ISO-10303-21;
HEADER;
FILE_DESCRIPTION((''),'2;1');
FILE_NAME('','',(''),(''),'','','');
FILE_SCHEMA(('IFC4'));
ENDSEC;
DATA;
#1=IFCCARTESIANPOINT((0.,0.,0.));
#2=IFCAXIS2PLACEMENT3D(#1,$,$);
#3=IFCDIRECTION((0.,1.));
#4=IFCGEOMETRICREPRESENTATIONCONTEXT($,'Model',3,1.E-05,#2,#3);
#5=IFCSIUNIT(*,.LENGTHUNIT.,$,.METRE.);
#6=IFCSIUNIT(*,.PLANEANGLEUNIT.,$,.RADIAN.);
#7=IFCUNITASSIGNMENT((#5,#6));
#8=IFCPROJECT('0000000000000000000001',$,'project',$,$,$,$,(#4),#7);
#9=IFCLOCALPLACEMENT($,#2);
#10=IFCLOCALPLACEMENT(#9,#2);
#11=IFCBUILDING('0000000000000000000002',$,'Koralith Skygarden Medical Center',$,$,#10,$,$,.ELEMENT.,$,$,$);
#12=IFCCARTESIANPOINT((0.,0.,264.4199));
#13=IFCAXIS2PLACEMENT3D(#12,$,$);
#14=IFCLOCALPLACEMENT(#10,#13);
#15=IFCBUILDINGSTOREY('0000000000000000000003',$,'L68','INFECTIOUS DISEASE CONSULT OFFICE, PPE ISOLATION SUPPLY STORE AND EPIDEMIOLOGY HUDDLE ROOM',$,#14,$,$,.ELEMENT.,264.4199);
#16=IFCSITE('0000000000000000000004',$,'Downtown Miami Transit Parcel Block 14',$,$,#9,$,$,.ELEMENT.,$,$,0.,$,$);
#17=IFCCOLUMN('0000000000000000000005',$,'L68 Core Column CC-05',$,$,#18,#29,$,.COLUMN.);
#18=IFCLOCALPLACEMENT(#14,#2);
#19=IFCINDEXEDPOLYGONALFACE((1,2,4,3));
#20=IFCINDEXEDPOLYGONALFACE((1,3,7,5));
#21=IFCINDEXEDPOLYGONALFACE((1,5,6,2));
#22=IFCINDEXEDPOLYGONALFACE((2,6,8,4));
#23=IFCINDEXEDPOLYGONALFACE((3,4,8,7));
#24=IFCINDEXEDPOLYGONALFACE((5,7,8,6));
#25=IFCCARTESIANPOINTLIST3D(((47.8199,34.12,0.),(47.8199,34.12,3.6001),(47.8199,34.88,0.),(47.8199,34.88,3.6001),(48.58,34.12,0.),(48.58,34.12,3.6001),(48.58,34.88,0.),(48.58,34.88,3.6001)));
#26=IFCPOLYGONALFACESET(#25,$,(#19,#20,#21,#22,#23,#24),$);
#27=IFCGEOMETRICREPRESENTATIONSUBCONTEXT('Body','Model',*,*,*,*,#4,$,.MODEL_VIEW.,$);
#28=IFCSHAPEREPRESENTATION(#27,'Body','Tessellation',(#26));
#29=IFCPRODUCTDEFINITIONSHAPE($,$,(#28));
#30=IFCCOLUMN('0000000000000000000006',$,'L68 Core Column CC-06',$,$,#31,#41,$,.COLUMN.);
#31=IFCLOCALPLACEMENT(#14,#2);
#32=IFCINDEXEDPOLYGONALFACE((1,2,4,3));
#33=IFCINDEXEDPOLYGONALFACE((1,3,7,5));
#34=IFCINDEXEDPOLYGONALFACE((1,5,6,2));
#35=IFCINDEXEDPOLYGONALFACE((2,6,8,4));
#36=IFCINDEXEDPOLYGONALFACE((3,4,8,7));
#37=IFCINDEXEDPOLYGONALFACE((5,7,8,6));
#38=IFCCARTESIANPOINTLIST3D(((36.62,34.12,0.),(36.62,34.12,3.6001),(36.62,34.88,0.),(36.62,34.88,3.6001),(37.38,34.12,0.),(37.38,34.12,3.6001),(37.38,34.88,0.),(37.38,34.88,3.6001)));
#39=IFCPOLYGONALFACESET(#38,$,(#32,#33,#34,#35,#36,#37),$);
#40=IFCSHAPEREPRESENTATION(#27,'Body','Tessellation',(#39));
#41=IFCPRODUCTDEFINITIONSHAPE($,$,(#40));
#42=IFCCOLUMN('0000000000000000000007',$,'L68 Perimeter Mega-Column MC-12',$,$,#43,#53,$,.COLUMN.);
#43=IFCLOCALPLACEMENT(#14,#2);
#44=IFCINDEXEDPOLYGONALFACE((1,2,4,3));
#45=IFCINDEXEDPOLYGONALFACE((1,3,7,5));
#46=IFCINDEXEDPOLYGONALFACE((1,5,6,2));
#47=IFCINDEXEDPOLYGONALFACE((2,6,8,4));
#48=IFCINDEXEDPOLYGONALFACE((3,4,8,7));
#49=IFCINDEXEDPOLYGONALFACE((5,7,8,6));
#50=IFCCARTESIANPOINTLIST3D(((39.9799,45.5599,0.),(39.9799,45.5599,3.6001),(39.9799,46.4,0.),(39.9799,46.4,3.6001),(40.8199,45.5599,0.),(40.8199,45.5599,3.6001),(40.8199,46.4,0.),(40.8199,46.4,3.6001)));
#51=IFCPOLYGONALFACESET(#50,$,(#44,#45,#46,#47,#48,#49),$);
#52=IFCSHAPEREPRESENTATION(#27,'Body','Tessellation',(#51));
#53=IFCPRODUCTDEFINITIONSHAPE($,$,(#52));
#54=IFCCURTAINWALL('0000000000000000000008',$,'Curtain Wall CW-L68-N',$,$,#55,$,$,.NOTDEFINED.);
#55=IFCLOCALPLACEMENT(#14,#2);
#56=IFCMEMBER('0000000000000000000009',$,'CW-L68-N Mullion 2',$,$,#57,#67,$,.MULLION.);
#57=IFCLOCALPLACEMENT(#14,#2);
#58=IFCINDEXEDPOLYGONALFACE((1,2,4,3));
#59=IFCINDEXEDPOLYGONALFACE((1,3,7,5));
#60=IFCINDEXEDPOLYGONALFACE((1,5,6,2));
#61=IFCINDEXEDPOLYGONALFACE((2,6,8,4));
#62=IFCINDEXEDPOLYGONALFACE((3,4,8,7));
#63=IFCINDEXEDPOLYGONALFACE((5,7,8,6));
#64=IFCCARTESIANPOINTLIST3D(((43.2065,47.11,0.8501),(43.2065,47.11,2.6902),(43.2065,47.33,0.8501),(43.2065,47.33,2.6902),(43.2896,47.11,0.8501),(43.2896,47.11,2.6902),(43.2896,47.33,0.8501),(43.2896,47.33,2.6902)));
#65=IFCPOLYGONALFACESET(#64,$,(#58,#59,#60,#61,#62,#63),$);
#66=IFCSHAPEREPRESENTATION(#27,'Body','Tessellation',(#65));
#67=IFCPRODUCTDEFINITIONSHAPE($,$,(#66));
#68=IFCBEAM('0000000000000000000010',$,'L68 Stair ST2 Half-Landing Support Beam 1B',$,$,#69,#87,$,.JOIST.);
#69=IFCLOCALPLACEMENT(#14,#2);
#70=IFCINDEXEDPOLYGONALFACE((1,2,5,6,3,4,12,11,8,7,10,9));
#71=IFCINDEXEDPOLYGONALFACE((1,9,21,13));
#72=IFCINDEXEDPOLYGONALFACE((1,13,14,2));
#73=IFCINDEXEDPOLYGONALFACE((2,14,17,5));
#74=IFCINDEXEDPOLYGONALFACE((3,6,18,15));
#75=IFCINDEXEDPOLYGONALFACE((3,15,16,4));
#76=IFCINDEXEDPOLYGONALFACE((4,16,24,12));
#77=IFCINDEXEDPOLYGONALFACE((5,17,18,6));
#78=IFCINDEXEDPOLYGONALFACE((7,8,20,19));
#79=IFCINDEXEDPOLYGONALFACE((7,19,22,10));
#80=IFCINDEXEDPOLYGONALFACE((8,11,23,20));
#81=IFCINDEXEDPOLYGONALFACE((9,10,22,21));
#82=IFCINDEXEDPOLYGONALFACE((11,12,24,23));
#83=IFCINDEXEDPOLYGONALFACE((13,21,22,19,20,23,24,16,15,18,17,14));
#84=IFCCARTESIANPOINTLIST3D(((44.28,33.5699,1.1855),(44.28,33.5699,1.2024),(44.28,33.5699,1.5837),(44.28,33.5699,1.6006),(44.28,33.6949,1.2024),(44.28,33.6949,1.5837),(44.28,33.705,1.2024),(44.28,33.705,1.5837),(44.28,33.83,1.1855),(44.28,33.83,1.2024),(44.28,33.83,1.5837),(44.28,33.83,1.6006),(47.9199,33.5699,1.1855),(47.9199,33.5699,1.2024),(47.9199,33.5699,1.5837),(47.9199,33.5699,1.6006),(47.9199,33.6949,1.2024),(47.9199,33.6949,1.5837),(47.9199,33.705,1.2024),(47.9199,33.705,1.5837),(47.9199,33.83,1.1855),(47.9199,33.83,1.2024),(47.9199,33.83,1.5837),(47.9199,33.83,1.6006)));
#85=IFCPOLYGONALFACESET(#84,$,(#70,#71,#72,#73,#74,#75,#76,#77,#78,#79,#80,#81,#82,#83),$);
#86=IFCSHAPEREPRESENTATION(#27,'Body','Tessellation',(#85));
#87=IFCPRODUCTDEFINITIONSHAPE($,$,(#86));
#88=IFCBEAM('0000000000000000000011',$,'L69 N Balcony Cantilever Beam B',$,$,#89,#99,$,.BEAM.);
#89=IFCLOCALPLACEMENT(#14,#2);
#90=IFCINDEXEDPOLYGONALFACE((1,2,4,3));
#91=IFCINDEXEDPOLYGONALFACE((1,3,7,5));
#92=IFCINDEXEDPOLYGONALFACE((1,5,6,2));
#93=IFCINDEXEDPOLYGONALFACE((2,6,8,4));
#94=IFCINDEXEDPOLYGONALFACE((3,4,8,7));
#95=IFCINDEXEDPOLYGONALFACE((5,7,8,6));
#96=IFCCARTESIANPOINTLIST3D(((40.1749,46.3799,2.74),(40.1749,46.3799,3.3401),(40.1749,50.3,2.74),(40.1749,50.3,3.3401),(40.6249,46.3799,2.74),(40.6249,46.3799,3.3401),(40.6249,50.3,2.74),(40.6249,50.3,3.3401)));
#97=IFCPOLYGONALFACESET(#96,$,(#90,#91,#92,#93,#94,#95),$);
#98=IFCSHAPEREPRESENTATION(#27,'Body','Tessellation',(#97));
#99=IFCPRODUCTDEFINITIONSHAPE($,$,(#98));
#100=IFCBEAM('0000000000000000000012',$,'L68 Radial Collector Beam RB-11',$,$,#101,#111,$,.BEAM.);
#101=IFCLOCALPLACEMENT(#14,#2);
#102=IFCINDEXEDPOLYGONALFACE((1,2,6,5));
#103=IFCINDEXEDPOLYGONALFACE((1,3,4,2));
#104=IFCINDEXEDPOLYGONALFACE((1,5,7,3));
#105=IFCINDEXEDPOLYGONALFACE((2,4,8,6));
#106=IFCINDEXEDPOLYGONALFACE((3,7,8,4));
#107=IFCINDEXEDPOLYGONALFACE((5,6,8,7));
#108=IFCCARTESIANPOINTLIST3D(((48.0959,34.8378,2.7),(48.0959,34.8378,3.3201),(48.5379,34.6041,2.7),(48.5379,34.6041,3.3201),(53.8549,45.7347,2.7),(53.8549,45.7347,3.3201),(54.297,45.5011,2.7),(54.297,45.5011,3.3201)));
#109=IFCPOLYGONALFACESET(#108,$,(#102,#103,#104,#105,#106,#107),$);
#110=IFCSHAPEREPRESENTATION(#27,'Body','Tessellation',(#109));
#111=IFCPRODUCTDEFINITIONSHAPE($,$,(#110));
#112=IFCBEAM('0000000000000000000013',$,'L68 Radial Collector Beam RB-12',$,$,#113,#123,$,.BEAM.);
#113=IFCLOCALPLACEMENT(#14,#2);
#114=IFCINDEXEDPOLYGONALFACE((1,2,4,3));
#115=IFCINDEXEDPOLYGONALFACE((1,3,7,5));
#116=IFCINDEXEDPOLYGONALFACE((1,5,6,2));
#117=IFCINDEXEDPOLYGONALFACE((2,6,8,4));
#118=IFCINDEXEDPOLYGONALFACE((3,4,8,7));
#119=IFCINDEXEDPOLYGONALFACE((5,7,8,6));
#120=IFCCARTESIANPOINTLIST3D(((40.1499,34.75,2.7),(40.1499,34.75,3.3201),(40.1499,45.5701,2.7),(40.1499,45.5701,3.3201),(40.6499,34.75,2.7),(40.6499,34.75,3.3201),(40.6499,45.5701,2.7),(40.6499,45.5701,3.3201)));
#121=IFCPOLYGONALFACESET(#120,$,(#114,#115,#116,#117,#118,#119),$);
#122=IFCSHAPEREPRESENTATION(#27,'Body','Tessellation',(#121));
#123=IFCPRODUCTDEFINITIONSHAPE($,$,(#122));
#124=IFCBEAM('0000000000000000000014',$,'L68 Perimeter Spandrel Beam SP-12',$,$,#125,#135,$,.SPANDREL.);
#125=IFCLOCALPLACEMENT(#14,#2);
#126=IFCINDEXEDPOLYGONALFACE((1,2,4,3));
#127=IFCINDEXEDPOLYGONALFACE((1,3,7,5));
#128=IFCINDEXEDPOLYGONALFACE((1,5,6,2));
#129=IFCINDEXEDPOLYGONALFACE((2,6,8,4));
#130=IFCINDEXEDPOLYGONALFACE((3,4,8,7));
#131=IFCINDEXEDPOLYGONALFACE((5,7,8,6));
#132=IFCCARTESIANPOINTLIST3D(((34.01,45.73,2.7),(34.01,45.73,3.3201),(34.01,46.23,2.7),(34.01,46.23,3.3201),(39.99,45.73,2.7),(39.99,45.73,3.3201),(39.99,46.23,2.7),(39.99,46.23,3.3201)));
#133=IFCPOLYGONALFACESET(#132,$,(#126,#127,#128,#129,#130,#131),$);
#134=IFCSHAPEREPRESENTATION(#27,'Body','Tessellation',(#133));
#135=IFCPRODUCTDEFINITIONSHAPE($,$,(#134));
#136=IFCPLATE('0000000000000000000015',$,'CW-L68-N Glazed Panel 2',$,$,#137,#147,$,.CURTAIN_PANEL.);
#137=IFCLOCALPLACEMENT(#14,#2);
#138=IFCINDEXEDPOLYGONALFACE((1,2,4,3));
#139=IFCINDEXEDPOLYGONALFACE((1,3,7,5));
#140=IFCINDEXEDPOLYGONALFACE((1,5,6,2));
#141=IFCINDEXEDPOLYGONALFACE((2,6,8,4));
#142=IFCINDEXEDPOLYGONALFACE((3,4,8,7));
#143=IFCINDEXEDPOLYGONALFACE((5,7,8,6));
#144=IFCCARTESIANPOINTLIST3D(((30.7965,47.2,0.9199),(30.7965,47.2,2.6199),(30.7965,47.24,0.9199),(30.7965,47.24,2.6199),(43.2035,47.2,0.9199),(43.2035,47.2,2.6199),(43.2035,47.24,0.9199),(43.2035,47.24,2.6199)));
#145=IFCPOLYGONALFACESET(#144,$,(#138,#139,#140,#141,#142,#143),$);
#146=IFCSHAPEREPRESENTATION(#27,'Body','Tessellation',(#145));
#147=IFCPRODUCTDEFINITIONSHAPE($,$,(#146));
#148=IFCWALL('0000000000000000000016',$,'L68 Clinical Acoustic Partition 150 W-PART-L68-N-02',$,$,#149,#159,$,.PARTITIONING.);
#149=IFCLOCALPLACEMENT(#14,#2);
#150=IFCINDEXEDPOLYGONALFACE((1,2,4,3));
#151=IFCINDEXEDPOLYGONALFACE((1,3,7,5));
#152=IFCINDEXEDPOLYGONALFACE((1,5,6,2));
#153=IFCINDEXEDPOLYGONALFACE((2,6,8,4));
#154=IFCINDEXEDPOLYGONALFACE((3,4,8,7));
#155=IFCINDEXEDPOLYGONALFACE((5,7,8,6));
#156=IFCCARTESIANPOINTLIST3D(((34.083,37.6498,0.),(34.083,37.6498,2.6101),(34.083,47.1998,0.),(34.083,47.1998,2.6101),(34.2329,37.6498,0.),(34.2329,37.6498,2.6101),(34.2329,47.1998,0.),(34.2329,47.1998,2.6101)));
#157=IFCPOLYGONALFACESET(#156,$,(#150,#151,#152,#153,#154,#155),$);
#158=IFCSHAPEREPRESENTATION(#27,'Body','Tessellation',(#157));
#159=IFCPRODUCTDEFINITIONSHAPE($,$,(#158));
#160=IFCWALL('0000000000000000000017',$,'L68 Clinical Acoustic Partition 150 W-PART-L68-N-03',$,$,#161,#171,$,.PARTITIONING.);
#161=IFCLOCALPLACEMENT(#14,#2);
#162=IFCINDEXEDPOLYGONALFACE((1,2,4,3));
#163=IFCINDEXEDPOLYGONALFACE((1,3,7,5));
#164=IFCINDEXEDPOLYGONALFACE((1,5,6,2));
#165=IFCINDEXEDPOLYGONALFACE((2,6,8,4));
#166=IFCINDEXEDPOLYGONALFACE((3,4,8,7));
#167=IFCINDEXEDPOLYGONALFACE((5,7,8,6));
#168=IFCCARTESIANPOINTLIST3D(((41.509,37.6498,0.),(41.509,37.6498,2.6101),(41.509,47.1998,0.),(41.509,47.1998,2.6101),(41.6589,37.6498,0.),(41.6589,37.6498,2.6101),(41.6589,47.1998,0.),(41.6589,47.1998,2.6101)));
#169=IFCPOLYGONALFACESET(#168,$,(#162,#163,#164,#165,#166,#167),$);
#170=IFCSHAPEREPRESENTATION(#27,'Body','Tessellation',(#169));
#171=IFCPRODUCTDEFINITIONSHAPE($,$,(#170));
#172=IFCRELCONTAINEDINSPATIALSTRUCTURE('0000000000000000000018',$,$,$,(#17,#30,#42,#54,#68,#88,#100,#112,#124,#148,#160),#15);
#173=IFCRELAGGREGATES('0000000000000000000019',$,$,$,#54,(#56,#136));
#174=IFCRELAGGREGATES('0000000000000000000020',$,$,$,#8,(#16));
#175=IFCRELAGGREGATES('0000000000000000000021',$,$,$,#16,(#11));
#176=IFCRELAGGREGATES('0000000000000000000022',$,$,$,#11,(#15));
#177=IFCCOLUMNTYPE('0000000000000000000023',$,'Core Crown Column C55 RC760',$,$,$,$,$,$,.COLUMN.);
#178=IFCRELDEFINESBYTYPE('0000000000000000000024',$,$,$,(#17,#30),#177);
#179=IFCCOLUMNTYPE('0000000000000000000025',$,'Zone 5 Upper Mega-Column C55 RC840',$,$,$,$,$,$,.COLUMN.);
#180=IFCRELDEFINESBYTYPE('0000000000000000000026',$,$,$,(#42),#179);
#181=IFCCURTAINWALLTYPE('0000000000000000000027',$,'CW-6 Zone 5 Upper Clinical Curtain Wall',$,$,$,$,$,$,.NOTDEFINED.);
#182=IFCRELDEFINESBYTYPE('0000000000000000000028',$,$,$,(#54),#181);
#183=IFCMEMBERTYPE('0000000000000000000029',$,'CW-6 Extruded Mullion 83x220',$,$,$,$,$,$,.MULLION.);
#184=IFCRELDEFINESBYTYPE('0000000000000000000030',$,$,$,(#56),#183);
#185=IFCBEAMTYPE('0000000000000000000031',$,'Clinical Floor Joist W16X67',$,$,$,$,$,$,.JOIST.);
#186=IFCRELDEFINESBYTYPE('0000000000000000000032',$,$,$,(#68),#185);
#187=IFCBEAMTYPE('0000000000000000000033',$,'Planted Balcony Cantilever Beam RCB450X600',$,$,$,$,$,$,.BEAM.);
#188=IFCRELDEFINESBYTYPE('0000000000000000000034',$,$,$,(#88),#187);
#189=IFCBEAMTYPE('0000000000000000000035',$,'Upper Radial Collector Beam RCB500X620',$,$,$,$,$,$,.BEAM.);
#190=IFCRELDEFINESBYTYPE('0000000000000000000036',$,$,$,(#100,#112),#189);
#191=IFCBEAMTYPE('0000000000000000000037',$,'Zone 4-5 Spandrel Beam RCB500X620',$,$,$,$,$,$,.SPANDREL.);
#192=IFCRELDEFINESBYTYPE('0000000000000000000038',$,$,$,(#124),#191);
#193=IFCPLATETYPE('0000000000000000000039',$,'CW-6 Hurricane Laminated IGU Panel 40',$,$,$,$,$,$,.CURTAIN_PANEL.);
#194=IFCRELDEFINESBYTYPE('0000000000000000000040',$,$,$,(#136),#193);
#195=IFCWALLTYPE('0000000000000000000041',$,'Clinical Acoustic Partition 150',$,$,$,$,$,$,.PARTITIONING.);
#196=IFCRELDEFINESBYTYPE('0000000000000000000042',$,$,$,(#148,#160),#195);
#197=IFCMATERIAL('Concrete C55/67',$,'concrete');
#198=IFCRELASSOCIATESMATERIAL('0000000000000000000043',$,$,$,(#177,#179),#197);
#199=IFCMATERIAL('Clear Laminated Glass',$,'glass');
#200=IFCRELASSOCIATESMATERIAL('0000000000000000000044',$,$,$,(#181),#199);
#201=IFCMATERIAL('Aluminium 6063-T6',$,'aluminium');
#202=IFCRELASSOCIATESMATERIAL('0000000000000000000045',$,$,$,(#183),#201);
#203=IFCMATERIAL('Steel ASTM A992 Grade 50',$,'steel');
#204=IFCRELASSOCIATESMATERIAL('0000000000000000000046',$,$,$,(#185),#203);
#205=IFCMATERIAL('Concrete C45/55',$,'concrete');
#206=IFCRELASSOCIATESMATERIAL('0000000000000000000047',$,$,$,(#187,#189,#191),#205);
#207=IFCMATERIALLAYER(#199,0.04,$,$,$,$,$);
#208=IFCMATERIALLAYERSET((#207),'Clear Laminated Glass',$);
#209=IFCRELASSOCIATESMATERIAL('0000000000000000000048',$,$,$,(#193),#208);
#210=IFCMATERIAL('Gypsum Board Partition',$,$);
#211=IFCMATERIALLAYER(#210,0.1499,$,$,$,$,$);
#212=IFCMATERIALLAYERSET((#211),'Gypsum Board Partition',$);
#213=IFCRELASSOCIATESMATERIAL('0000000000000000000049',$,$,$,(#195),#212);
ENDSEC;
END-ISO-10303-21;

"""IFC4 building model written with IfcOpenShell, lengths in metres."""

from ifc_helpers import new_model, si_unit, direction, frame, frame_2d, origin, origin_2d, place, context, subcontext, project, spatial, rectangle, i_section, extrude, material, layer, layer_set, material_profile, profile_set, type_object, element, aggregate, save


model = new_model("IFC4")

# Units and contexts
model_context = context("Model", 3, precision=1e-05, world=origin(), true_north=direction((0.0, 1.0)))
body_context = subcontext(model_context, "Body", "Model", "MODEL_VIEW")
ifc_project = project(units=[si_unit("LENGTHUNIT", "METRE"), si_unit("PLANEANGLEUNIT", "RADIAN")], contexts=[model_context])

# Site, building, storey
site_placement = place(None, origin())
site = spatial("IfcSite", under=ifc_project, at=site_placement, Name="Downtown Miami Transit Parcel Block 14", CompositionType="ELEMENT", RefElevation=0.0)
building_placement = place(site_placement, origin())
building = spatial("IfcBuilding", under=site, at=building_placement, Name="Koralith Skygarden Medical Center", CompositionType="ELEMENT")
storey_placement = place(building_placement, frame((0.0, 0.0, 264.4199)))
storey = spatial("IfcBuildingStorey", under=building, at=storey_placement, Name="L68", Description="INFECTIOUS DISEASE CONSULT OFFICE, PPE ISOLATION SUPPLY STORE AND EPIDEMIOLOGY HUDDLE ROOM", CompositionType="ELEMENT", Elevation=264.4199)

# Columns
ifc_material_1 = material(Name="Concrete C55/67", Category="concrete")
ifc_material_profile_1 = material_profile(ifc_material_1, rectangle(XDim=0.76, YDim=0.76, at=origin_2d()), Name="RC760X760")
ifc_profile_set_1 = profile_set([ifc_material_profile_1], Name="Concrete C55/67")
column_type_1 = type_object("IfcColumnType", Name="Core Crown Column C55 RC760", PredefinedType="COLUMN", material=ifc_profile_set_1)
for number, where, z_axis, x_axis, name in (
    (1, (48.2, 34.5, 0.0), (0.0, 0.0, 1.0), (1.0, 0.0, 0.0), "L68 Core Column CC-05"),
    (2, (37.0, 34.5, 0.0), (0.0, 0.0, 1.0), (1.0, 0.0, 0.0), "L68 Core Column CC-06"),
):
    element("IfcColumn", number, at=place(storey_placement, frame(where, z_axis=z_axis, x_axis=x_axis)), inside=storey, type_object=column_type_1, Name=name, PredefinedType="COLUMN", context=body_context, shape_type="SweptSolid", body=[
        extrude(rectangle(XDim=0.76, YDim=0.76, at=origin_2d()), origin(), (0.0, 0.0, 1.0), 3.6001),
    ])
ifc_material_profile_2 = material_profile(ifc_material_1, rectangle(XDim=0.8401, YDim=0.8401, at=origin_2d()), Name="RC840X840")
ifc_profile_set_2 = profile_set([ifc_material_profile_2], Name="Concrete C55/67")
column_type_2 = type_object("IfcColumnType", Name="Zone 5 Upper Mega-Column C55 RC840", PredefinedType="COLUMN", material=ifc_profile_set_2)
column_placement = place(storey_placement, frame((40.3999, 45.98, 0.0), z_axis=(0.0, 0.0, 1.0), x_axis=(1.0, 0.0, 0.0)))
element("IfcColumn", 3, at=column_placement, inside=storey, type_object=column_type_2, Name="L68 Perimeter Mega-Column MC-12", PredefinedType="COLUMN", context=body_context, shape_type="SweptSolid", body=[
    extrude(rectangle(XDim=0.8401, YDim=0.8401, at=origin_2d()), origin(), (0.0, 0.0, 1.0), 3.6001),
])

# Curtain wall, member
ifc_material_2 = material(Name="Clear Laminated Glass", Category="glass")
curtain_wall_type = type_object("IfcCurtainWallType", Name="CW-6 Zone 5 Upper Clinical Curtain Wall", PredefinedType="NOTDEFINED", material=ifc_material_2)
curtain_wall_placement = place(storey_placement, origin())
curtain_wall = element("IfcCurtainWall", 4, at=curtain_wall_placement, inside=storey, type_object=curtain_wall_type, Name="Curtain Wall CW-L68-N", PredefinedType="NOTDEFINED")
ifc_material_3 = material(Name="Aluminium 6063-T6", Category="aluminium")
ifc_material_profile_3 = material_profile(ifc_material_3, rectangle(XDim=0.083, YDim=0.22, at=origin_2d()), Name="MUL83X220")
ifc_profile_set_3 = profile_set([ifc_material_profile_3], Name="Aluminium 6063-T6")
member_type = type_object("IfcMemberType", Name="CW-6 Extruded Mullion 83x220", PredefinedType="MULLION", material=ifc_profile_set_3)
member_placement = place(storey_placement, frame((43.248, 47.22, 0.8501), z_axis=(0.0, 0.0, 1.0), x_axis=(1.0, 0.0, 0.0)))
member = element("IfcMember", 5, at=member_placement, type_object=member_type, Name="CW-L68-N Mullion 2", PredefinedType="MULLION", context=body_context, shape_type="SweptSolid", body=[
    extrude(rectangle(XDim=0.083, YDim=0.22, at=origin_2d()), origin(), (0.0, 0.0, 1.0), 1.8401),
])

# Beams
ifc_material_4 = material(Name="Steel ASTM A992 Grade 50", Category="steel")
ifc_material_profile_4 = material_profile(ifc_material_4, i_section(OverallWidth=0.26, OverallDepth=0.415, WebThickness=0.01, FlangeThickness=0.0168, at=origin_2d()), Name="W16X67")
ifc_profile_set_4 = profile_set([ifc_material_profile_4], Name="Steel ASTM A992 Grade 50")
beam_type_1 = type_object("IfcBeamType", Name="Clinical Floor Joist W16X67", PredefinedType="JOIST", material=ifc_profile_set_4)
beam_1_placement = place(storey_placement, frame((44.28, 33.7, 1.3931), z_axis=(1.0, 0.0, 0.0), x_axis=(0.0, 1.0, 0.0)))
element("IfcBeam", 6, at=beam_1_placement, inside=storey, type_object=beam_type_1, Name="L68 Stair ST2 Half-Landing Support Beam 1B", PredefinedType="JOIST", context=body_context, shape_type="SweptSolid", body=[
    extrude(i_section(OverallWidth=0.26, OverallDepth=0.415, WebThickness=0.01, FlangeThickness=0.0168, at=origin_2d()), origin(), (0.0, 0.0, 1.0), 3.6399),
])
ifc_material_5 = material(Name="Concrete C45/55", Category="concrete")
ifc_material_profile_5 = material_profile(ifc_material_5, rectangle(XDim=0.45, YDim=0.6001, at=origin_2d()), Name="RCB450X600")
ifc_profile_set_5 = profile_set([ifc_material_profile_5], Name="Concrete C45/55")
beam_type_2 = type_object("IfcBeamType", Name="Planted Balcony Cantilever Beam RCB450X600", PredefinedType="BEAM", material=ifc_profile_set_5)
beam_2_placement = place(storey_placement, frame((40.3999, 46.3799, 3.04), z_axis=(0.0, 1.0, 0.0), x_axis=(-1.0, 0.0, 0.0)))
element("IfcBeam", 7, at=beam_2_placement, inside=storey, type_object=beam_type_2, Name="L69 N Balcony Cantilever Beam B", PredefinedType="BEAM", context=body_context, shape_type="SweptSolid", body=[
    extrude(rectangle(XDim=0.45, YDim=0.6001, at=origin_2d()), origin(), (0.0, 0.0, 1.0), 3.9202),
])
ifc_material_profile_6 = material_profile(ifc_material_5, rectangle(XDim=0.5, YDim=0.6201, at=origin_2d()), Name="RCB500X620")
ifc_profile_set_6 = profile_set([ifc_material_profile_6], Name="Concrete C45/55")
beam_type_3 = type_object("IfcBeamType", Name="Upper Radial Collector Beam RCB500X620", PredefinedType="BEAM", material=ifc_profile_set_6)
beam_3_placement = place(storey_placement, frame((48.3169, 34.7209, 3.01), z_axis=(0.467257, 0.884122, 0.0), x_axis=(-0.884122, 0.467257, 0.0)))
element("IfcBeam", 8, at=beam_3_placement, inside=storey, type_object=beam_type_3, Name="L68 Radial Collector Beam RB-11", PredefinedType="BEAM", context=body_context, shape_type="SweptSolid", body=[
    extrude(rectangle(XDim=0.5, YDim=0.6201, at=origin_2d()), origin(), (0.0, 0.0, 1.0), 12.3252),
])
beam_4_placement = place(storey_placement, frame((40.3999, 34.75, 3.01), z_axis=(0.0, 1.0, 0.0), x_axis=(-1.0, 0.0, 0.0)))
element("IfcBeam", 9, at=beam_4_placement, inside=storey, type_object=beam_type_3, Name="L68 Radial Collector Beam RB-12", PredefinedType="BEAM", context=body_context, shape_type="SweptSolid", body=[
    extrude(rectangle(XDim=0.5, YDim=0.6201, at=origin_2d()), origin(), (0.0, 0.0, 1.0), 10.8201),
])
ifc_material_profile_7 = material_profile(ifc_material_5, rectangle(XDim=0.5, YDim=0.6201, at=origin_2d()), Name="RCB500X620")
ifc_profile_set_7 = profile_set([ifc_material_profile_7], Name="Concrete C45/55")
beam_type_4 = type_object("IfcBeamType", Name="Zone 4-5 Spandrel Beam RCB500X620", PredefinedType="SPANDREL", material=ifc_profile_set_7)
beam_5_placement = place(storey_placement, frame((39.99, 45.98, 3.01), z_axis=(-1.0, 0.0, 0.0), x_axis=(0.0, -1.0, 0.0)))
element("IfcBeam", 10, at=beam_5_placement, inside=storey, type_object=beam_type_4, Name="L68 Perimeter Spandrel Beam SP-12", PredefinedType="SPANDREL", context=body_context, shape_type="SweptSolid", body=[
    extrude(rectangle(XDim=0.5, YDim=0.6201, at=origin_2d()), origin(), (0.0, 0.0, 1.0), 5.98),
])

# Plate
ifc_layer_1 = layer(ifc_material_2, 0.04)
ifc_layer_set_1 = layer_set([ifc_layer_1], Name="Clear Laminated Glass")
plate_type = type_object("IfcPlateType", Name="CW-6 Hurricane Laminated IGU Panel 40", PredefinedType="CURTAIN_PANEL", material=ifc_layer_set_1)
plate_placement = place(storey_placement, frame((37.0, 47.22, 0.9199), z_axis=(0.0, 0.0, 1.0), x_axis=(-1.0, 0.0, 0.0)))
plate = element("IfcPlate", 11, at=plate_placement, type_object=plate_type, Name="CW-L68-N Glazed Panel 2", PredefinedType="CURTAIN_PANEL", context=body_context, shape_type="SweptSolid", body=[
    extrude(rectangle(XDim=12.407, YDim=0.04, at=origin_2d()), origin(), (0.0, 0.0, 1.0), 1.7),
])
aggregate(curtain_wall, [member, plate])

# Walls
ifc_material_6 = material(Name="Gypsum Board Partition")
ifc_layer_2 = layer(ifc_material_6, 0.1499)
ifc_layer_set_2 = layer_set([ifc_layer_2], Name="Gypsum Board Partition")
wall_type_1 = type_object("IfcWallType", Name="Clinical Acoustic Partition 150", PredefinedType="PARTITIONING", material=ifc_layer_set_2)
for number, where, z_axis, x_axis, name in (
    (12, (34.158, 37.6499, 0.0), (0.0, 0.0, 1.0), (0.0, 1.0, 0.0), "L68 Clinical Acoustic Partition 150 W-PART-L68-N-02"),
    (13, (41.584, 37.6499, 0.0), (0.0, 0.0, 1.0), (0.0, 1.0, 0.0), "L68 Clinical Acoustic Partition 150 W-PART-L68-N-03"),
):
    element("IfcWall", number, at=place(storey_placement, frame(where, z_axis=z_axis, x_axis=x_axis)), inside=storey, type_object=wall_type_1, Name=name, PredefinedType="PARTITIONING", context=body_context, shape_type="SweptSolid", body=[
        extrude(rectangle(XDim=9.55, YDim=0.1499, at=frame_2d((4.7749, 0.0))), origin(), (0.0, 0.0, 1.0), 2.6101),
    ])

save(model, "model.ifc")
